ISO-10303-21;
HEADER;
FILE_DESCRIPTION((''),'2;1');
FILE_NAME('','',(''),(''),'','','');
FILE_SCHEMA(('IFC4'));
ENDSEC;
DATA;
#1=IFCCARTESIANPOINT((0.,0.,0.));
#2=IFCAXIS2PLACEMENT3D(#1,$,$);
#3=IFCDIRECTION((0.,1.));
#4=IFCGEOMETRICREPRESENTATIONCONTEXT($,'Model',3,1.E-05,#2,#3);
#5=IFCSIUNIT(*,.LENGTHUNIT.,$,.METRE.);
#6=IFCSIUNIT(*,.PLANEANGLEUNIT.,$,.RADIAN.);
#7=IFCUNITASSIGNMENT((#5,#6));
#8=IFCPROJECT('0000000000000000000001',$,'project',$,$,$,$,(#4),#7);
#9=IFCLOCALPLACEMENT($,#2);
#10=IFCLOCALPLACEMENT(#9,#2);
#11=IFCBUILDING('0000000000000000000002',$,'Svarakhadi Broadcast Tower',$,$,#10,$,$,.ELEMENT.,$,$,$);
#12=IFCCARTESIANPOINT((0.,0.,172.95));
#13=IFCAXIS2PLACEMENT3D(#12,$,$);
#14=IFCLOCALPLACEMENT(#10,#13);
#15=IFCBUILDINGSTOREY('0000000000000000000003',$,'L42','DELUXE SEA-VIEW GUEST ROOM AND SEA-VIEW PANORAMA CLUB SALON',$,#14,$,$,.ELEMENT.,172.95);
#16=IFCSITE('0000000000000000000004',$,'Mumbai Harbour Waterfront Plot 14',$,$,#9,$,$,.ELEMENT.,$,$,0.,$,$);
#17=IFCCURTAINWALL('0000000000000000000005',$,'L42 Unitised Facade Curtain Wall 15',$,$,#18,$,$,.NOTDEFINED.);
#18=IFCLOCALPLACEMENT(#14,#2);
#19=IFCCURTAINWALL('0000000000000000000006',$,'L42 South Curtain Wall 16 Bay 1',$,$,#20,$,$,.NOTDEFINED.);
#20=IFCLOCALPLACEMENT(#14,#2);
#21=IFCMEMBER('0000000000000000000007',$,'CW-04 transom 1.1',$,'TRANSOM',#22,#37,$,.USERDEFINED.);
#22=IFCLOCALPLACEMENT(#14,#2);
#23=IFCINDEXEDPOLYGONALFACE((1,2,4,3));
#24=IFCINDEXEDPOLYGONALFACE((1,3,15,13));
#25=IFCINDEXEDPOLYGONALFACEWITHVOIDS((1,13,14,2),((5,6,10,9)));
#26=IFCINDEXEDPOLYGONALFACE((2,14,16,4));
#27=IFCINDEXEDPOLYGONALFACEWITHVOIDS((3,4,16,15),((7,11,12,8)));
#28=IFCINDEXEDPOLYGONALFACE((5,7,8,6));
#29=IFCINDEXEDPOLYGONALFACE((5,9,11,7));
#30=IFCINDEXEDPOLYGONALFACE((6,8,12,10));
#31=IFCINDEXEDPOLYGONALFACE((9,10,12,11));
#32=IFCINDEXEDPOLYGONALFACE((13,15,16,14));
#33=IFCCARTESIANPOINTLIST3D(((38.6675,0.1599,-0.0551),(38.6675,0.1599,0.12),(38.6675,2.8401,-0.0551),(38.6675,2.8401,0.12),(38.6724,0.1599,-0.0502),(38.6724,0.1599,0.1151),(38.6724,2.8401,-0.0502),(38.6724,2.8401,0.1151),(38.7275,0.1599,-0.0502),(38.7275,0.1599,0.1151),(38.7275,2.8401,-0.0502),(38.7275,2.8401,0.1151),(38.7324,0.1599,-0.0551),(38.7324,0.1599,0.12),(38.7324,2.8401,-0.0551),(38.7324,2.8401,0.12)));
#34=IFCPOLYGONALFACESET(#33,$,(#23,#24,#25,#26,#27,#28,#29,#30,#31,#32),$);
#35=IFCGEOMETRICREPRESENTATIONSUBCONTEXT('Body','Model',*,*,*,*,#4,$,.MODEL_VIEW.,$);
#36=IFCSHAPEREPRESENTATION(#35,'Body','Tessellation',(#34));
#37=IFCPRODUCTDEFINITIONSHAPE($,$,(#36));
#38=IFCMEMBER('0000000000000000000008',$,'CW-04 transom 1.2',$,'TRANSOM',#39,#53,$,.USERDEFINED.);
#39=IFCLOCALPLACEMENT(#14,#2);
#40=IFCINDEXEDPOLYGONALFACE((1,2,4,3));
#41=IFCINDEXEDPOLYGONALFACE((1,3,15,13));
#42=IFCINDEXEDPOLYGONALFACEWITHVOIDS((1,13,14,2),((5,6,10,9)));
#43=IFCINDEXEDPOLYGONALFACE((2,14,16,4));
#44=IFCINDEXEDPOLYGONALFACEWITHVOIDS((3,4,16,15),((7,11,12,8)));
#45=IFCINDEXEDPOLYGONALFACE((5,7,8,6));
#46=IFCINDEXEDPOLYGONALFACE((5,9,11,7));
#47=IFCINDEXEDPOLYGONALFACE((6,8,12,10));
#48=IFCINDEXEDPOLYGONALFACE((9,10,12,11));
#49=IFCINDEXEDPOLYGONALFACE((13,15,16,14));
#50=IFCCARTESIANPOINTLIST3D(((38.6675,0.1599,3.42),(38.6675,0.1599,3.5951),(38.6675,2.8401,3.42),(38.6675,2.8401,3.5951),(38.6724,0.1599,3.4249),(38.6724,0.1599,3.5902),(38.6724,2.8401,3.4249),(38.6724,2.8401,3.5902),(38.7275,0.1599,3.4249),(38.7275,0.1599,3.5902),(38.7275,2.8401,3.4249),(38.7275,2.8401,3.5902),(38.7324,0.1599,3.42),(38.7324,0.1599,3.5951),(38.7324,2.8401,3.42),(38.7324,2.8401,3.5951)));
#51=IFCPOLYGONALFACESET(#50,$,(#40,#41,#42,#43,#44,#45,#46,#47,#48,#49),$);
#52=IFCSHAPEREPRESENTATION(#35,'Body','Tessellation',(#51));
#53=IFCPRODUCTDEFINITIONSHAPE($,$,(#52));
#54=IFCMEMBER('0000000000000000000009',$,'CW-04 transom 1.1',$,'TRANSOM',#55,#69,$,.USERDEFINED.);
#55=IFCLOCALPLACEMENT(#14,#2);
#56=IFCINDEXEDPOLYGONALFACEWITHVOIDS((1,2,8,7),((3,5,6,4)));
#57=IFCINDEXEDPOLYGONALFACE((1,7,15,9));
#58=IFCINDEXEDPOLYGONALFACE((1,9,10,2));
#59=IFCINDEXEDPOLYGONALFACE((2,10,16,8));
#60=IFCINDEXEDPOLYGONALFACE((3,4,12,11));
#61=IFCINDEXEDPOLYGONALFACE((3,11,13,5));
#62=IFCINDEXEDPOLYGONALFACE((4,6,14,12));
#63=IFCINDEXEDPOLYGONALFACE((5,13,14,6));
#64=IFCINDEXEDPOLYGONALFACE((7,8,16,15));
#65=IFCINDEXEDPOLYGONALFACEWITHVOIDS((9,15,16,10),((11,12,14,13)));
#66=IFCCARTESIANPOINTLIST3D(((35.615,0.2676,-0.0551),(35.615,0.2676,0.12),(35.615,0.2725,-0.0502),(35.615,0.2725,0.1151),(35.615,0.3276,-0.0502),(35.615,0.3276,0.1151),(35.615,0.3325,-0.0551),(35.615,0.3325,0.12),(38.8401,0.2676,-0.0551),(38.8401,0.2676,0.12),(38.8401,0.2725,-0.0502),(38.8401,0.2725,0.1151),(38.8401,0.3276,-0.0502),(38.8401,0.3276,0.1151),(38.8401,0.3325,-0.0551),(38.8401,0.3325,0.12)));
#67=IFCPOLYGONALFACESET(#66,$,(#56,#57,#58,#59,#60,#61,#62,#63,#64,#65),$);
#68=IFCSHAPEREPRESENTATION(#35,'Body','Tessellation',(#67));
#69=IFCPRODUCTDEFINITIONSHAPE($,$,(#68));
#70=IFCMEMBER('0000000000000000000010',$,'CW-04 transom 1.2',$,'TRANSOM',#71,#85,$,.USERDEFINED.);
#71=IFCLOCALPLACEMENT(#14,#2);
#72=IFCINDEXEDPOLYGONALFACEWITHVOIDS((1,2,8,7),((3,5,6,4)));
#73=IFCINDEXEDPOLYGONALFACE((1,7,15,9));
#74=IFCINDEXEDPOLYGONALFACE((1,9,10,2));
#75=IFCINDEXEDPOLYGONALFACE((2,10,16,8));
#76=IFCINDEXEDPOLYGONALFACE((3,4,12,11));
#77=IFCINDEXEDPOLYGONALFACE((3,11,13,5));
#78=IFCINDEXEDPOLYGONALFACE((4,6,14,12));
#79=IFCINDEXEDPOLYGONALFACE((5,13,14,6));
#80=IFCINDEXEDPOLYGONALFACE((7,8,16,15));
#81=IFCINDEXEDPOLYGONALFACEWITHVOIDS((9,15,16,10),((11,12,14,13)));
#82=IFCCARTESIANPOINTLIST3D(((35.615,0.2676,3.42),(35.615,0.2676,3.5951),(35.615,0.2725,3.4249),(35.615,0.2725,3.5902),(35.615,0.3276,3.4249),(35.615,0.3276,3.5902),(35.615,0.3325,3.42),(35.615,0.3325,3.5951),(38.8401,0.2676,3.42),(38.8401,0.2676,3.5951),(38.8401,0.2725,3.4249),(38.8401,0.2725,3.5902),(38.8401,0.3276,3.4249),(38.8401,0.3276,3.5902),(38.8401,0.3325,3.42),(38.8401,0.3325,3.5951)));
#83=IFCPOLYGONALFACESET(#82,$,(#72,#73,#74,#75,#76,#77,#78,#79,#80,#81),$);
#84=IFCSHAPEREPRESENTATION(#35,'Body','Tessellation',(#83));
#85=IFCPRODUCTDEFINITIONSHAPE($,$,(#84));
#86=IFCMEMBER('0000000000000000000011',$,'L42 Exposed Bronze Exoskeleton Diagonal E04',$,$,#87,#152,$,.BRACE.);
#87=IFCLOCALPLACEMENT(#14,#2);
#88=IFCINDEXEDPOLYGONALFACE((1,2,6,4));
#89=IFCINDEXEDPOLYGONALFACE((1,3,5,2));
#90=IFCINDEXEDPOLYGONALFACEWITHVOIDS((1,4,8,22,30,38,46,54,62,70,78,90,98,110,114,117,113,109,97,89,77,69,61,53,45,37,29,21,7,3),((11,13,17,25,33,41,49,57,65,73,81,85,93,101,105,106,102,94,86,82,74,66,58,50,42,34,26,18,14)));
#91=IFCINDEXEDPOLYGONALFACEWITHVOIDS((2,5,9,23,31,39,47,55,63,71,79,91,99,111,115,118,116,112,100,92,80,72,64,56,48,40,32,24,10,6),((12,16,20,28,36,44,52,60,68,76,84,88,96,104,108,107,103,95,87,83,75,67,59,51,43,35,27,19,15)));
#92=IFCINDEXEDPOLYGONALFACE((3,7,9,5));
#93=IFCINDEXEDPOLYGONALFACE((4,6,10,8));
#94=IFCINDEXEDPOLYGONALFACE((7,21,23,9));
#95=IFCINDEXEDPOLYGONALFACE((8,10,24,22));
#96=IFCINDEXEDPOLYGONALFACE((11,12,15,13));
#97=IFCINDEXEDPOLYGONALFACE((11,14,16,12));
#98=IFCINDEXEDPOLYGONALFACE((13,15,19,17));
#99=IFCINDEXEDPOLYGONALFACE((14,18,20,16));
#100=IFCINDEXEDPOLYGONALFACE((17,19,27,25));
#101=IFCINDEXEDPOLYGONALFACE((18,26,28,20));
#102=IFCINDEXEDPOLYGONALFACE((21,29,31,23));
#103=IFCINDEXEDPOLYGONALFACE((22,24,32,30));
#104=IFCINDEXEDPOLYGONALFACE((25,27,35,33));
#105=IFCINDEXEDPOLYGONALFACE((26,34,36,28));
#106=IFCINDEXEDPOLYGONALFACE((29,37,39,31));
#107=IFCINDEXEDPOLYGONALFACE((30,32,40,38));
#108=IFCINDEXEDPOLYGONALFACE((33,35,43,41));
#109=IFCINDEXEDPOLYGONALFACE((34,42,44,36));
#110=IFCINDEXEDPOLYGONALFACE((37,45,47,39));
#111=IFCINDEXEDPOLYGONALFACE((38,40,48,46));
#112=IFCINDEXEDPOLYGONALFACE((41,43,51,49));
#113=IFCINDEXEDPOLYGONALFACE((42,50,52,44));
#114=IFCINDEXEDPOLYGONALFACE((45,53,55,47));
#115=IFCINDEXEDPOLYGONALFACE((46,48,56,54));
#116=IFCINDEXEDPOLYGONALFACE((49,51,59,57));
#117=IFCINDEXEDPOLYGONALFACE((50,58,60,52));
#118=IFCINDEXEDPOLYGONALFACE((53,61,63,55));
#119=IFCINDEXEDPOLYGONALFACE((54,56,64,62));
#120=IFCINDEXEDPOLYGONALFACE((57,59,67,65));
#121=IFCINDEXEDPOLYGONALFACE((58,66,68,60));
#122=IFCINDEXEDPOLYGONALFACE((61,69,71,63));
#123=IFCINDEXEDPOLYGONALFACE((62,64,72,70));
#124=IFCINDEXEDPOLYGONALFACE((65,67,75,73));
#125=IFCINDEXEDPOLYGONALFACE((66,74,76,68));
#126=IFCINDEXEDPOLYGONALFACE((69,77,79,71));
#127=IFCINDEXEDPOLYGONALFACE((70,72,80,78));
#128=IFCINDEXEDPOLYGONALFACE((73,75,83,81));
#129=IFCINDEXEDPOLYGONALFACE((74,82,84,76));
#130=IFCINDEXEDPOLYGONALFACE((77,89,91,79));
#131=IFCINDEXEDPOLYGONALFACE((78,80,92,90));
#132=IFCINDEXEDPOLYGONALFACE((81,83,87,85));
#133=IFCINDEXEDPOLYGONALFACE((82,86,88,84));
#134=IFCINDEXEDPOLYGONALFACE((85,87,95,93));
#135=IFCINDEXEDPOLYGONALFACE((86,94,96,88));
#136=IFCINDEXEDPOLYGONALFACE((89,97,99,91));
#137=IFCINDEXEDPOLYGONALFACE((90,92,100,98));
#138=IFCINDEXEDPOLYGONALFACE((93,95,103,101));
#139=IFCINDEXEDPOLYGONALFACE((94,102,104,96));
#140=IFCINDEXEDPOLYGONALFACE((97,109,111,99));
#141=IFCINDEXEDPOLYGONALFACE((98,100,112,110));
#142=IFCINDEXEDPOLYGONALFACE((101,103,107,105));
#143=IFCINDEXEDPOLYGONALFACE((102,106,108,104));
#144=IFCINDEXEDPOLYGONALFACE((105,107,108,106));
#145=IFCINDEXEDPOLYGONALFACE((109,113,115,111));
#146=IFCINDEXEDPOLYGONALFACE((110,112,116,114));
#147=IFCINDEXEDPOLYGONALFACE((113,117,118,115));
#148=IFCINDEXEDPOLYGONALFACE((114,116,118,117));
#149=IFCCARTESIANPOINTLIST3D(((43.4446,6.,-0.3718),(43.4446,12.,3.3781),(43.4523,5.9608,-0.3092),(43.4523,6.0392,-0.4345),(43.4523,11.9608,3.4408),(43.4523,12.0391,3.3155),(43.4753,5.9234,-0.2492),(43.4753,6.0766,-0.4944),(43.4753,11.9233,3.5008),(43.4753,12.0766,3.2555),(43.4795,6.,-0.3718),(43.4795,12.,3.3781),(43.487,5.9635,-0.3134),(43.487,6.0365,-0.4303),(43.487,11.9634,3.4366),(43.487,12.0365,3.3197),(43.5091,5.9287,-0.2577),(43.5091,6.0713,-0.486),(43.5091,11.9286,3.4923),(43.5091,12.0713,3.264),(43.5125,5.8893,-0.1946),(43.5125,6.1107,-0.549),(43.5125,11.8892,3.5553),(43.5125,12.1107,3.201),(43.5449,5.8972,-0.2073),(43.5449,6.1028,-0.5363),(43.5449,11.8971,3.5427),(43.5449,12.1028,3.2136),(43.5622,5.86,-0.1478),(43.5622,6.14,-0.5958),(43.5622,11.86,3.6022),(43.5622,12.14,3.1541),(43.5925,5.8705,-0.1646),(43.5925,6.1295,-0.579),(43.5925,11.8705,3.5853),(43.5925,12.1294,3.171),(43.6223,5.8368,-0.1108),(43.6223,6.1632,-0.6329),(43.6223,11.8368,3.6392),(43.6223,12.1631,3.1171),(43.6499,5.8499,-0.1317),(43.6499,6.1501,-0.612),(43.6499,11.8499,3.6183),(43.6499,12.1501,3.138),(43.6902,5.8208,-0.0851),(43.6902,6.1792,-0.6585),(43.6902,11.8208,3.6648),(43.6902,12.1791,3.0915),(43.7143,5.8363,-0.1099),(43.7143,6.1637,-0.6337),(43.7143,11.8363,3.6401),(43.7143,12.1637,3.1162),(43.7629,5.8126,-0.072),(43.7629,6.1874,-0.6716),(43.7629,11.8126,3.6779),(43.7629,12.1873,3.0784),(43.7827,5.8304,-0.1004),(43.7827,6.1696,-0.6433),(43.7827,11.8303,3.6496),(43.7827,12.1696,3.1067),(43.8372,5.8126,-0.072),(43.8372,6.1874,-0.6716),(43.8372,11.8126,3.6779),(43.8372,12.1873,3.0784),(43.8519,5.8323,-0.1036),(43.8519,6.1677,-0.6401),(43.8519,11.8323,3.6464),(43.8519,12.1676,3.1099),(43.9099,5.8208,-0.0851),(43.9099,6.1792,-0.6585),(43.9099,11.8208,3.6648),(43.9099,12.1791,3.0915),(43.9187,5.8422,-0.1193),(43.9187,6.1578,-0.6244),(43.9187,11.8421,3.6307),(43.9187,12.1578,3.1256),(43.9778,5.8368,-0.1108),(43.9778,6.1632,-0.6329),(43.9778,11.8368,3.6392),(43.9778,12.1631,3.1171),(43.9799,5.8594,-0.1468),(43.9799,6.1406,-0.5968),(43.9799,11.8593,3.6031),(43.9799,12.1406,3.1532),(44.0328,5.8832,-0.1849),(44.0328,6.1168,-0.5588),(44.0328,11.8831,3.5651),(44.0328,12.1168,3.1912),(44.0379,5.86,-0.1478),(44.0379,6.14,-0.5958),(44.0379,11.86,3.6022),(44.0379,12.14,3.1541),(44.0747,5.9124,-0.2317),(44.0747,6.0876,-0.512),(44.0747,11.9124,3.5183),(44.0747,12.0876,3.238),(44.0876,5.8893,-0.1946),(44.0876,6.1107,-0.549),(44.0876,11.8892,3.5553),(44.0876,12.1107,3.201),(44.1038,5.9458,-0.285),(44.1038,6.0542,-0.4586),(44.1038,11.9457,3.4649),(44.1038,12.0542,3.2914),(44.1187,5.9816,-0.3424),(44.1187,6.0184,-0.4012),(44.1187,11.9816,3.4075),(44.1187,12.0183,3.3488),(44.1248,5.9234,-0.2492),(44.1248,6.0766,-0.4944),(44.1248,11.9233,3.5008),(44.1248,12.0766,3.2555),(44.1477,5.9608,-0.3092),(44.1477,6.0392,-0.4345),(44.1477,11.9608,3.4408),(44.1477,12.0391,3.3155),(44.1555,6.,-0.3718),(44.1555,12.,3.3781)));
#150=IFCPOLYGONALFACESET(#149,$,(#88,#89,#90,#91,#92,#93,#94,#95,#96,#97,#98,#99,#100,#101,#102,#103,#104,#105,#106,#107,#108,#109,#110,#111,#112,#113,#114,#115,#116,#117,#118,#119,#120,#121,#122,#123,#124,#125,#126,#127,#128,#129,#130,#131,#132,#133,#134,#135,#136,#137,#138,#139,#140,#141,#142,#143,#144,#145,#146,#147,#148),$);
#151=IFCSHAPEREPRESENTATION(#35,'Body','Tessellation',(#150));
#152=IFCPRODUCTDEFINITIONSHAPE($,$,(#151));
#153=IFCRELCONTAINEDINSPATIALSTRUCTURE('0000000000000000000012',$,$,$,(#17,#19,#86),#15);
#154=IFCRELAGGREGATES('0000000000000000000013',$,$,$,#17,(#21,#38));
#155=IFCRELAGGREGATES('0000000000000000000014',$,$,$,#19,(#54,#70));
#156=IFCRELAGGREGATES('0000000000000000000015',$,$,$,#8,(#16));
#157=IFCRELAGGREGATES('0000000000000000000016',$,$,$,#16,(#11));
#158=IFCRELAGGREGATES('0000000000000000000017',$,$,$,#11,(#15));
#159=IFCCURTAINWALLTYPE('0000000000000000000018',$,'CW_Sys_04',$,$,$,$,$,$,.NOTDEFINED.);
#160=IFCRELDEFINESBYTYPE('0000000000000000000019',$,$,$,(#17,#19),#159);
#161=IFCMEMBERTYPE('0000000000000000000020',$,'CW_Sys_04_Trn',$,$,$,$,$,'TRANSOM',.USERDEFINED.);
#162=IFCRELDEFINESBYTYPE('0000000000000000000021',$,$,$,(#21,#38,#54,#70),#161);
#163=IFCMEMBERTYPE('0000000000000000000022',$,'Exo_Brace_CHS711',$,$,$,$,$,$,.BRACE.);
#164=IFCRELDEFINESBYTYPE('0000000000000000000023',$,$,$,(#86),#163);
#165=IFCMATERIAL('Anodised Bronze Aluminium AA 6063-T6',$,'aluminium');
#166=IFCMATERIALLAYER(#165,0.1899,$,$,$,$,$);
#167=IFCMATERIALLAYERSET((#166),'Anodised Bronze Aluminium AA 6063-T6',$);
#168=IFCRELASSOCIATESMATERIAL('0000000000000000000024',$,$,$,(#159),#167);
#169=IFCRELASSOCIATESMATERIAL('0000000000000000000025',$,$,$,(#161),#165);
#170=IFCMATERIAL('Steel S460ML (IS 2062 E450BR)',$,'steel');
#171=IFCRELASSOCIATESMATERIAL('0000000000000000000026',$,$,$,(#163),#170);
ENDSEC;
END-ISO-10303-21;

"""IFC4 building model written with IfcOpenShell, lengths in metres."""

from ifc_helpers import new_model, si_unit, direction, frame, origin, origin_2d, place, context, subcontext, project, spatial, hollow_rectangle, hollow_circle, extrude, material, layer, layer_set, material_profile, profile_set, type_object, element, aggregate, save


model = new_model("IFC4")

# Units and contexts
model_context = context("Model", 3, precision=1e-05, world=origin(), true_north=direction((0.0, 1.0)))
body_context = subcontext(model_context, "Body", "Model", "MODEL_VIEW")
ifc_project = project(units=[si_unit("LENGTHUNIT", "METRE"), si_unit("PLANEANGLEUNIT", "RADIAN")], contexts=[model_context])

# Site, building, storey
site_placement = place(None, origin())
site = spatial("IfcSite", under=ifc_project, at=site_placement, Name="Mumbai Harbour Waterfront Plot 14", CompositionType="ELEMENT", RefElevation=0.0)
building_placement = place(site_placement, origin())
building = spatial("IfcBuilding", under=site, at=building_placement, Name="Svarakhadi Broadcast Tower", CompositionType="ELEMENT")
storey_placement = place(building_placement, frame((0.0, 0.0, 172.95)))
storey = spatial("IfcBuildingStorey", under=building, at=storey_placement, Name="L42", Description="DELUXE SEA-VIEW GUEST ROOM AND SEA-VIEW PANORAMA CLUB SALON", CompositionType="ELEMENT", Elevation=172.95)

# Shared definitions
ifc_material_1 = material(Name="Steel S460ML (IS 2062 E450BR)", Category="steel")

# Shared definitions
ifc_material_2 = material(Name="Anodised Bronze Aluminium AA 6063-T6", Category="aluminium")
ifc_layer_1 = layer(ifc_material_2, 0.1899)
ifc_layer_set_1 = layer_set([ifc_layer_1], Name="Anodised Bronze Aluminium AA 6063-T6")
curtain_wall_type = type_object("IfcCurtainWallType", Name="CW_Sys_04", PredefinedType="NOTDEFINED", material=ifc_layer_set_1)

# Curtain wall
curtain_wall_1_placement = place(storey_placement, origin())
curtain_wall_1 = element("IfcCurtainWall", 1, at=curtain_wall_1_placement, inside=storey, type_object=curtain_wall_type, Name="L42 Unitised Facade Curtain Wall 15", PredefinedType="NOTDEFINED")

# Curtain wall
curtain_wall_2_placement = place(storey_placement, origin())
curtain_wall_2 = element("IfcCurtainWall", 2, at=curtain_wall_2_placement, inside=storey, type_object=curtain_wall_type, Name="L42 South Curtain Wall 16 Bay 1", PredefinedType="NOTDEFINED")

# Members
ifc_material_profile_1 = material_profile(ifc_material_2, hollow_rectangle(XDim=0.0649, YDim=0.175, WallThickness=0.0049, at=origin_2d()), Name="ALU TRANSOM 175x65x5")
ifc_profile_set_1 = profile_set([ifc_material_profile_1], Name="Anodised Bronze Aluminium AA 6063-T6")
member_type_1 = type_object("IfcMemberType", Name="CW_Sys_04_Trn", ElementType="TRANSOM", PredefinedType="USERDEFINED", material=ifc_profile_set_1)
member_1_placement = place(storey_placement, frame((38.7, 2.8401, 0.0325), z_axis=(0.0, -1.0, 0.0), x_axis=(1.0, 0.0, 0.0)))
member_1 = element("IfcMember", 3, at=member_1_placement, type_object=member_type_1, Name="CW-04 transom 1.1", ObjectType="TRANSOM", PredefinedType="USERDEFINED", context=body_context, shape_type="SweptSolid", body=[
    extrude(hollow_rectangle(XDim=0.0649, YDim=0.175, WallThickness=0.0049, at=origin_2d()), origin(), (0.0, 0.0, 1.0), 2.6802),
])
member_2_placement = place(storey_placement, frame((38.7, 2.8401, 3.5076), z_axis=(0.0, -1.0, 0.0), x_axis=(1.0, 0.0, 0.0)))
member_2 = element("IfcMember", 4, at=member_2_placement, type_object=member_type_1, Name="CW-04 transom 1.2", ObjectType="TRANSOM", PredefinedType="USERDEFINED", context=body_context, shape_type="SweptSolid", body=[
    extrude(hollow_rectangle(XDim=0.0649, YDim=0.175, WallThickness=0.0049, at=origin_2d()), origin(), (0.0, 0.0, 1.0), 2.6802),
])
member_3_placement = place(storey_placement, frame((38.8401, 0.3, 0.0325), z_axis=(-1.0, 0.0, 0.0), x_axis=(0.0, -1.0, 0.0)))
member_3 = element("IfcMember", 5, at=member_3_placement, type_object=member_type_1, Name="CW-04 transom 1.1", ObjectType="TRANSOM", PredefinedType="USERDEFINED", context=body_context, shape_type="SweptSolid", body=[
    extrude(hollow_rectangle(XDim=0.0649, YDim=0.175, WallThickness=0.0049, at=origin_2d()), origin(), (0.0, 0.0, 1.0), 3.2251),
])
member_4_placement = place(storey_placement, frame((38.8401, 0.3, 3.5076), z_axis=(-1.0, 0.0, 0.0), x_axis=(0.0, -1.0, 0.0)))
member_4 = element("IfcMember", 6, at=member_4_placement, type_object=member_type_1, Name="CW-04 transom 1.2", ObjectType="TRANSOM", PredefinedType="USERDEFINED", context=body_context, shape_type="SweptSolid", body=[
    extrude(hollow_rectangle(XDim=0.0649, YDim=0.175, WallThickness=0.0049, at=origin_2d()), origin(), (0.0, 0.0, 1.0), 3.2251),
])

# Member
ifc_material_profile_2 = material_profile(ifc_material_1, hollow_circle(Radius=0.3555, WallThickness=0.0349, at=origin_2d()), Name="CHS 711x35")
ifc_profile_set_2 = profile_set([ifc_material_profile_2], Name="Steel S460ML (IS 2062 E450BR)")
member_type_2 = type_object("IfcMemberType", Name="Exo_Brace_CHS711", PredefinedType="BRACE", material=ifc_profile_set_2)
member_5_placement = place(storey_placement, frame((43.8, 6.0, -0.3718), z_axis=(0.0, 0.847998, 0.529999), x_axis=(-1.0, 0.0, 0.0)))
element("IfcMember", 7, at=member_5_placement, inside=storey, type_object=member_type_2, Name="L42 Exposed Bronze Exoskeleton Diagonal E04", PredefinedType="BRACE", context=body_context, shape_type="SweptSolid", body=[
    extrude(hollow_circle(Radius=0.3555, WallThickness=0.0349, at=origin_2d()), origin(), (0.0, 0.0, 1.0), 7.0754),
])

aggregate(curtain_wall_1, [member_1, member_2])
aggregate(curtain_wall_2, [member_3, member_4])

save(model, "model.ifc")
